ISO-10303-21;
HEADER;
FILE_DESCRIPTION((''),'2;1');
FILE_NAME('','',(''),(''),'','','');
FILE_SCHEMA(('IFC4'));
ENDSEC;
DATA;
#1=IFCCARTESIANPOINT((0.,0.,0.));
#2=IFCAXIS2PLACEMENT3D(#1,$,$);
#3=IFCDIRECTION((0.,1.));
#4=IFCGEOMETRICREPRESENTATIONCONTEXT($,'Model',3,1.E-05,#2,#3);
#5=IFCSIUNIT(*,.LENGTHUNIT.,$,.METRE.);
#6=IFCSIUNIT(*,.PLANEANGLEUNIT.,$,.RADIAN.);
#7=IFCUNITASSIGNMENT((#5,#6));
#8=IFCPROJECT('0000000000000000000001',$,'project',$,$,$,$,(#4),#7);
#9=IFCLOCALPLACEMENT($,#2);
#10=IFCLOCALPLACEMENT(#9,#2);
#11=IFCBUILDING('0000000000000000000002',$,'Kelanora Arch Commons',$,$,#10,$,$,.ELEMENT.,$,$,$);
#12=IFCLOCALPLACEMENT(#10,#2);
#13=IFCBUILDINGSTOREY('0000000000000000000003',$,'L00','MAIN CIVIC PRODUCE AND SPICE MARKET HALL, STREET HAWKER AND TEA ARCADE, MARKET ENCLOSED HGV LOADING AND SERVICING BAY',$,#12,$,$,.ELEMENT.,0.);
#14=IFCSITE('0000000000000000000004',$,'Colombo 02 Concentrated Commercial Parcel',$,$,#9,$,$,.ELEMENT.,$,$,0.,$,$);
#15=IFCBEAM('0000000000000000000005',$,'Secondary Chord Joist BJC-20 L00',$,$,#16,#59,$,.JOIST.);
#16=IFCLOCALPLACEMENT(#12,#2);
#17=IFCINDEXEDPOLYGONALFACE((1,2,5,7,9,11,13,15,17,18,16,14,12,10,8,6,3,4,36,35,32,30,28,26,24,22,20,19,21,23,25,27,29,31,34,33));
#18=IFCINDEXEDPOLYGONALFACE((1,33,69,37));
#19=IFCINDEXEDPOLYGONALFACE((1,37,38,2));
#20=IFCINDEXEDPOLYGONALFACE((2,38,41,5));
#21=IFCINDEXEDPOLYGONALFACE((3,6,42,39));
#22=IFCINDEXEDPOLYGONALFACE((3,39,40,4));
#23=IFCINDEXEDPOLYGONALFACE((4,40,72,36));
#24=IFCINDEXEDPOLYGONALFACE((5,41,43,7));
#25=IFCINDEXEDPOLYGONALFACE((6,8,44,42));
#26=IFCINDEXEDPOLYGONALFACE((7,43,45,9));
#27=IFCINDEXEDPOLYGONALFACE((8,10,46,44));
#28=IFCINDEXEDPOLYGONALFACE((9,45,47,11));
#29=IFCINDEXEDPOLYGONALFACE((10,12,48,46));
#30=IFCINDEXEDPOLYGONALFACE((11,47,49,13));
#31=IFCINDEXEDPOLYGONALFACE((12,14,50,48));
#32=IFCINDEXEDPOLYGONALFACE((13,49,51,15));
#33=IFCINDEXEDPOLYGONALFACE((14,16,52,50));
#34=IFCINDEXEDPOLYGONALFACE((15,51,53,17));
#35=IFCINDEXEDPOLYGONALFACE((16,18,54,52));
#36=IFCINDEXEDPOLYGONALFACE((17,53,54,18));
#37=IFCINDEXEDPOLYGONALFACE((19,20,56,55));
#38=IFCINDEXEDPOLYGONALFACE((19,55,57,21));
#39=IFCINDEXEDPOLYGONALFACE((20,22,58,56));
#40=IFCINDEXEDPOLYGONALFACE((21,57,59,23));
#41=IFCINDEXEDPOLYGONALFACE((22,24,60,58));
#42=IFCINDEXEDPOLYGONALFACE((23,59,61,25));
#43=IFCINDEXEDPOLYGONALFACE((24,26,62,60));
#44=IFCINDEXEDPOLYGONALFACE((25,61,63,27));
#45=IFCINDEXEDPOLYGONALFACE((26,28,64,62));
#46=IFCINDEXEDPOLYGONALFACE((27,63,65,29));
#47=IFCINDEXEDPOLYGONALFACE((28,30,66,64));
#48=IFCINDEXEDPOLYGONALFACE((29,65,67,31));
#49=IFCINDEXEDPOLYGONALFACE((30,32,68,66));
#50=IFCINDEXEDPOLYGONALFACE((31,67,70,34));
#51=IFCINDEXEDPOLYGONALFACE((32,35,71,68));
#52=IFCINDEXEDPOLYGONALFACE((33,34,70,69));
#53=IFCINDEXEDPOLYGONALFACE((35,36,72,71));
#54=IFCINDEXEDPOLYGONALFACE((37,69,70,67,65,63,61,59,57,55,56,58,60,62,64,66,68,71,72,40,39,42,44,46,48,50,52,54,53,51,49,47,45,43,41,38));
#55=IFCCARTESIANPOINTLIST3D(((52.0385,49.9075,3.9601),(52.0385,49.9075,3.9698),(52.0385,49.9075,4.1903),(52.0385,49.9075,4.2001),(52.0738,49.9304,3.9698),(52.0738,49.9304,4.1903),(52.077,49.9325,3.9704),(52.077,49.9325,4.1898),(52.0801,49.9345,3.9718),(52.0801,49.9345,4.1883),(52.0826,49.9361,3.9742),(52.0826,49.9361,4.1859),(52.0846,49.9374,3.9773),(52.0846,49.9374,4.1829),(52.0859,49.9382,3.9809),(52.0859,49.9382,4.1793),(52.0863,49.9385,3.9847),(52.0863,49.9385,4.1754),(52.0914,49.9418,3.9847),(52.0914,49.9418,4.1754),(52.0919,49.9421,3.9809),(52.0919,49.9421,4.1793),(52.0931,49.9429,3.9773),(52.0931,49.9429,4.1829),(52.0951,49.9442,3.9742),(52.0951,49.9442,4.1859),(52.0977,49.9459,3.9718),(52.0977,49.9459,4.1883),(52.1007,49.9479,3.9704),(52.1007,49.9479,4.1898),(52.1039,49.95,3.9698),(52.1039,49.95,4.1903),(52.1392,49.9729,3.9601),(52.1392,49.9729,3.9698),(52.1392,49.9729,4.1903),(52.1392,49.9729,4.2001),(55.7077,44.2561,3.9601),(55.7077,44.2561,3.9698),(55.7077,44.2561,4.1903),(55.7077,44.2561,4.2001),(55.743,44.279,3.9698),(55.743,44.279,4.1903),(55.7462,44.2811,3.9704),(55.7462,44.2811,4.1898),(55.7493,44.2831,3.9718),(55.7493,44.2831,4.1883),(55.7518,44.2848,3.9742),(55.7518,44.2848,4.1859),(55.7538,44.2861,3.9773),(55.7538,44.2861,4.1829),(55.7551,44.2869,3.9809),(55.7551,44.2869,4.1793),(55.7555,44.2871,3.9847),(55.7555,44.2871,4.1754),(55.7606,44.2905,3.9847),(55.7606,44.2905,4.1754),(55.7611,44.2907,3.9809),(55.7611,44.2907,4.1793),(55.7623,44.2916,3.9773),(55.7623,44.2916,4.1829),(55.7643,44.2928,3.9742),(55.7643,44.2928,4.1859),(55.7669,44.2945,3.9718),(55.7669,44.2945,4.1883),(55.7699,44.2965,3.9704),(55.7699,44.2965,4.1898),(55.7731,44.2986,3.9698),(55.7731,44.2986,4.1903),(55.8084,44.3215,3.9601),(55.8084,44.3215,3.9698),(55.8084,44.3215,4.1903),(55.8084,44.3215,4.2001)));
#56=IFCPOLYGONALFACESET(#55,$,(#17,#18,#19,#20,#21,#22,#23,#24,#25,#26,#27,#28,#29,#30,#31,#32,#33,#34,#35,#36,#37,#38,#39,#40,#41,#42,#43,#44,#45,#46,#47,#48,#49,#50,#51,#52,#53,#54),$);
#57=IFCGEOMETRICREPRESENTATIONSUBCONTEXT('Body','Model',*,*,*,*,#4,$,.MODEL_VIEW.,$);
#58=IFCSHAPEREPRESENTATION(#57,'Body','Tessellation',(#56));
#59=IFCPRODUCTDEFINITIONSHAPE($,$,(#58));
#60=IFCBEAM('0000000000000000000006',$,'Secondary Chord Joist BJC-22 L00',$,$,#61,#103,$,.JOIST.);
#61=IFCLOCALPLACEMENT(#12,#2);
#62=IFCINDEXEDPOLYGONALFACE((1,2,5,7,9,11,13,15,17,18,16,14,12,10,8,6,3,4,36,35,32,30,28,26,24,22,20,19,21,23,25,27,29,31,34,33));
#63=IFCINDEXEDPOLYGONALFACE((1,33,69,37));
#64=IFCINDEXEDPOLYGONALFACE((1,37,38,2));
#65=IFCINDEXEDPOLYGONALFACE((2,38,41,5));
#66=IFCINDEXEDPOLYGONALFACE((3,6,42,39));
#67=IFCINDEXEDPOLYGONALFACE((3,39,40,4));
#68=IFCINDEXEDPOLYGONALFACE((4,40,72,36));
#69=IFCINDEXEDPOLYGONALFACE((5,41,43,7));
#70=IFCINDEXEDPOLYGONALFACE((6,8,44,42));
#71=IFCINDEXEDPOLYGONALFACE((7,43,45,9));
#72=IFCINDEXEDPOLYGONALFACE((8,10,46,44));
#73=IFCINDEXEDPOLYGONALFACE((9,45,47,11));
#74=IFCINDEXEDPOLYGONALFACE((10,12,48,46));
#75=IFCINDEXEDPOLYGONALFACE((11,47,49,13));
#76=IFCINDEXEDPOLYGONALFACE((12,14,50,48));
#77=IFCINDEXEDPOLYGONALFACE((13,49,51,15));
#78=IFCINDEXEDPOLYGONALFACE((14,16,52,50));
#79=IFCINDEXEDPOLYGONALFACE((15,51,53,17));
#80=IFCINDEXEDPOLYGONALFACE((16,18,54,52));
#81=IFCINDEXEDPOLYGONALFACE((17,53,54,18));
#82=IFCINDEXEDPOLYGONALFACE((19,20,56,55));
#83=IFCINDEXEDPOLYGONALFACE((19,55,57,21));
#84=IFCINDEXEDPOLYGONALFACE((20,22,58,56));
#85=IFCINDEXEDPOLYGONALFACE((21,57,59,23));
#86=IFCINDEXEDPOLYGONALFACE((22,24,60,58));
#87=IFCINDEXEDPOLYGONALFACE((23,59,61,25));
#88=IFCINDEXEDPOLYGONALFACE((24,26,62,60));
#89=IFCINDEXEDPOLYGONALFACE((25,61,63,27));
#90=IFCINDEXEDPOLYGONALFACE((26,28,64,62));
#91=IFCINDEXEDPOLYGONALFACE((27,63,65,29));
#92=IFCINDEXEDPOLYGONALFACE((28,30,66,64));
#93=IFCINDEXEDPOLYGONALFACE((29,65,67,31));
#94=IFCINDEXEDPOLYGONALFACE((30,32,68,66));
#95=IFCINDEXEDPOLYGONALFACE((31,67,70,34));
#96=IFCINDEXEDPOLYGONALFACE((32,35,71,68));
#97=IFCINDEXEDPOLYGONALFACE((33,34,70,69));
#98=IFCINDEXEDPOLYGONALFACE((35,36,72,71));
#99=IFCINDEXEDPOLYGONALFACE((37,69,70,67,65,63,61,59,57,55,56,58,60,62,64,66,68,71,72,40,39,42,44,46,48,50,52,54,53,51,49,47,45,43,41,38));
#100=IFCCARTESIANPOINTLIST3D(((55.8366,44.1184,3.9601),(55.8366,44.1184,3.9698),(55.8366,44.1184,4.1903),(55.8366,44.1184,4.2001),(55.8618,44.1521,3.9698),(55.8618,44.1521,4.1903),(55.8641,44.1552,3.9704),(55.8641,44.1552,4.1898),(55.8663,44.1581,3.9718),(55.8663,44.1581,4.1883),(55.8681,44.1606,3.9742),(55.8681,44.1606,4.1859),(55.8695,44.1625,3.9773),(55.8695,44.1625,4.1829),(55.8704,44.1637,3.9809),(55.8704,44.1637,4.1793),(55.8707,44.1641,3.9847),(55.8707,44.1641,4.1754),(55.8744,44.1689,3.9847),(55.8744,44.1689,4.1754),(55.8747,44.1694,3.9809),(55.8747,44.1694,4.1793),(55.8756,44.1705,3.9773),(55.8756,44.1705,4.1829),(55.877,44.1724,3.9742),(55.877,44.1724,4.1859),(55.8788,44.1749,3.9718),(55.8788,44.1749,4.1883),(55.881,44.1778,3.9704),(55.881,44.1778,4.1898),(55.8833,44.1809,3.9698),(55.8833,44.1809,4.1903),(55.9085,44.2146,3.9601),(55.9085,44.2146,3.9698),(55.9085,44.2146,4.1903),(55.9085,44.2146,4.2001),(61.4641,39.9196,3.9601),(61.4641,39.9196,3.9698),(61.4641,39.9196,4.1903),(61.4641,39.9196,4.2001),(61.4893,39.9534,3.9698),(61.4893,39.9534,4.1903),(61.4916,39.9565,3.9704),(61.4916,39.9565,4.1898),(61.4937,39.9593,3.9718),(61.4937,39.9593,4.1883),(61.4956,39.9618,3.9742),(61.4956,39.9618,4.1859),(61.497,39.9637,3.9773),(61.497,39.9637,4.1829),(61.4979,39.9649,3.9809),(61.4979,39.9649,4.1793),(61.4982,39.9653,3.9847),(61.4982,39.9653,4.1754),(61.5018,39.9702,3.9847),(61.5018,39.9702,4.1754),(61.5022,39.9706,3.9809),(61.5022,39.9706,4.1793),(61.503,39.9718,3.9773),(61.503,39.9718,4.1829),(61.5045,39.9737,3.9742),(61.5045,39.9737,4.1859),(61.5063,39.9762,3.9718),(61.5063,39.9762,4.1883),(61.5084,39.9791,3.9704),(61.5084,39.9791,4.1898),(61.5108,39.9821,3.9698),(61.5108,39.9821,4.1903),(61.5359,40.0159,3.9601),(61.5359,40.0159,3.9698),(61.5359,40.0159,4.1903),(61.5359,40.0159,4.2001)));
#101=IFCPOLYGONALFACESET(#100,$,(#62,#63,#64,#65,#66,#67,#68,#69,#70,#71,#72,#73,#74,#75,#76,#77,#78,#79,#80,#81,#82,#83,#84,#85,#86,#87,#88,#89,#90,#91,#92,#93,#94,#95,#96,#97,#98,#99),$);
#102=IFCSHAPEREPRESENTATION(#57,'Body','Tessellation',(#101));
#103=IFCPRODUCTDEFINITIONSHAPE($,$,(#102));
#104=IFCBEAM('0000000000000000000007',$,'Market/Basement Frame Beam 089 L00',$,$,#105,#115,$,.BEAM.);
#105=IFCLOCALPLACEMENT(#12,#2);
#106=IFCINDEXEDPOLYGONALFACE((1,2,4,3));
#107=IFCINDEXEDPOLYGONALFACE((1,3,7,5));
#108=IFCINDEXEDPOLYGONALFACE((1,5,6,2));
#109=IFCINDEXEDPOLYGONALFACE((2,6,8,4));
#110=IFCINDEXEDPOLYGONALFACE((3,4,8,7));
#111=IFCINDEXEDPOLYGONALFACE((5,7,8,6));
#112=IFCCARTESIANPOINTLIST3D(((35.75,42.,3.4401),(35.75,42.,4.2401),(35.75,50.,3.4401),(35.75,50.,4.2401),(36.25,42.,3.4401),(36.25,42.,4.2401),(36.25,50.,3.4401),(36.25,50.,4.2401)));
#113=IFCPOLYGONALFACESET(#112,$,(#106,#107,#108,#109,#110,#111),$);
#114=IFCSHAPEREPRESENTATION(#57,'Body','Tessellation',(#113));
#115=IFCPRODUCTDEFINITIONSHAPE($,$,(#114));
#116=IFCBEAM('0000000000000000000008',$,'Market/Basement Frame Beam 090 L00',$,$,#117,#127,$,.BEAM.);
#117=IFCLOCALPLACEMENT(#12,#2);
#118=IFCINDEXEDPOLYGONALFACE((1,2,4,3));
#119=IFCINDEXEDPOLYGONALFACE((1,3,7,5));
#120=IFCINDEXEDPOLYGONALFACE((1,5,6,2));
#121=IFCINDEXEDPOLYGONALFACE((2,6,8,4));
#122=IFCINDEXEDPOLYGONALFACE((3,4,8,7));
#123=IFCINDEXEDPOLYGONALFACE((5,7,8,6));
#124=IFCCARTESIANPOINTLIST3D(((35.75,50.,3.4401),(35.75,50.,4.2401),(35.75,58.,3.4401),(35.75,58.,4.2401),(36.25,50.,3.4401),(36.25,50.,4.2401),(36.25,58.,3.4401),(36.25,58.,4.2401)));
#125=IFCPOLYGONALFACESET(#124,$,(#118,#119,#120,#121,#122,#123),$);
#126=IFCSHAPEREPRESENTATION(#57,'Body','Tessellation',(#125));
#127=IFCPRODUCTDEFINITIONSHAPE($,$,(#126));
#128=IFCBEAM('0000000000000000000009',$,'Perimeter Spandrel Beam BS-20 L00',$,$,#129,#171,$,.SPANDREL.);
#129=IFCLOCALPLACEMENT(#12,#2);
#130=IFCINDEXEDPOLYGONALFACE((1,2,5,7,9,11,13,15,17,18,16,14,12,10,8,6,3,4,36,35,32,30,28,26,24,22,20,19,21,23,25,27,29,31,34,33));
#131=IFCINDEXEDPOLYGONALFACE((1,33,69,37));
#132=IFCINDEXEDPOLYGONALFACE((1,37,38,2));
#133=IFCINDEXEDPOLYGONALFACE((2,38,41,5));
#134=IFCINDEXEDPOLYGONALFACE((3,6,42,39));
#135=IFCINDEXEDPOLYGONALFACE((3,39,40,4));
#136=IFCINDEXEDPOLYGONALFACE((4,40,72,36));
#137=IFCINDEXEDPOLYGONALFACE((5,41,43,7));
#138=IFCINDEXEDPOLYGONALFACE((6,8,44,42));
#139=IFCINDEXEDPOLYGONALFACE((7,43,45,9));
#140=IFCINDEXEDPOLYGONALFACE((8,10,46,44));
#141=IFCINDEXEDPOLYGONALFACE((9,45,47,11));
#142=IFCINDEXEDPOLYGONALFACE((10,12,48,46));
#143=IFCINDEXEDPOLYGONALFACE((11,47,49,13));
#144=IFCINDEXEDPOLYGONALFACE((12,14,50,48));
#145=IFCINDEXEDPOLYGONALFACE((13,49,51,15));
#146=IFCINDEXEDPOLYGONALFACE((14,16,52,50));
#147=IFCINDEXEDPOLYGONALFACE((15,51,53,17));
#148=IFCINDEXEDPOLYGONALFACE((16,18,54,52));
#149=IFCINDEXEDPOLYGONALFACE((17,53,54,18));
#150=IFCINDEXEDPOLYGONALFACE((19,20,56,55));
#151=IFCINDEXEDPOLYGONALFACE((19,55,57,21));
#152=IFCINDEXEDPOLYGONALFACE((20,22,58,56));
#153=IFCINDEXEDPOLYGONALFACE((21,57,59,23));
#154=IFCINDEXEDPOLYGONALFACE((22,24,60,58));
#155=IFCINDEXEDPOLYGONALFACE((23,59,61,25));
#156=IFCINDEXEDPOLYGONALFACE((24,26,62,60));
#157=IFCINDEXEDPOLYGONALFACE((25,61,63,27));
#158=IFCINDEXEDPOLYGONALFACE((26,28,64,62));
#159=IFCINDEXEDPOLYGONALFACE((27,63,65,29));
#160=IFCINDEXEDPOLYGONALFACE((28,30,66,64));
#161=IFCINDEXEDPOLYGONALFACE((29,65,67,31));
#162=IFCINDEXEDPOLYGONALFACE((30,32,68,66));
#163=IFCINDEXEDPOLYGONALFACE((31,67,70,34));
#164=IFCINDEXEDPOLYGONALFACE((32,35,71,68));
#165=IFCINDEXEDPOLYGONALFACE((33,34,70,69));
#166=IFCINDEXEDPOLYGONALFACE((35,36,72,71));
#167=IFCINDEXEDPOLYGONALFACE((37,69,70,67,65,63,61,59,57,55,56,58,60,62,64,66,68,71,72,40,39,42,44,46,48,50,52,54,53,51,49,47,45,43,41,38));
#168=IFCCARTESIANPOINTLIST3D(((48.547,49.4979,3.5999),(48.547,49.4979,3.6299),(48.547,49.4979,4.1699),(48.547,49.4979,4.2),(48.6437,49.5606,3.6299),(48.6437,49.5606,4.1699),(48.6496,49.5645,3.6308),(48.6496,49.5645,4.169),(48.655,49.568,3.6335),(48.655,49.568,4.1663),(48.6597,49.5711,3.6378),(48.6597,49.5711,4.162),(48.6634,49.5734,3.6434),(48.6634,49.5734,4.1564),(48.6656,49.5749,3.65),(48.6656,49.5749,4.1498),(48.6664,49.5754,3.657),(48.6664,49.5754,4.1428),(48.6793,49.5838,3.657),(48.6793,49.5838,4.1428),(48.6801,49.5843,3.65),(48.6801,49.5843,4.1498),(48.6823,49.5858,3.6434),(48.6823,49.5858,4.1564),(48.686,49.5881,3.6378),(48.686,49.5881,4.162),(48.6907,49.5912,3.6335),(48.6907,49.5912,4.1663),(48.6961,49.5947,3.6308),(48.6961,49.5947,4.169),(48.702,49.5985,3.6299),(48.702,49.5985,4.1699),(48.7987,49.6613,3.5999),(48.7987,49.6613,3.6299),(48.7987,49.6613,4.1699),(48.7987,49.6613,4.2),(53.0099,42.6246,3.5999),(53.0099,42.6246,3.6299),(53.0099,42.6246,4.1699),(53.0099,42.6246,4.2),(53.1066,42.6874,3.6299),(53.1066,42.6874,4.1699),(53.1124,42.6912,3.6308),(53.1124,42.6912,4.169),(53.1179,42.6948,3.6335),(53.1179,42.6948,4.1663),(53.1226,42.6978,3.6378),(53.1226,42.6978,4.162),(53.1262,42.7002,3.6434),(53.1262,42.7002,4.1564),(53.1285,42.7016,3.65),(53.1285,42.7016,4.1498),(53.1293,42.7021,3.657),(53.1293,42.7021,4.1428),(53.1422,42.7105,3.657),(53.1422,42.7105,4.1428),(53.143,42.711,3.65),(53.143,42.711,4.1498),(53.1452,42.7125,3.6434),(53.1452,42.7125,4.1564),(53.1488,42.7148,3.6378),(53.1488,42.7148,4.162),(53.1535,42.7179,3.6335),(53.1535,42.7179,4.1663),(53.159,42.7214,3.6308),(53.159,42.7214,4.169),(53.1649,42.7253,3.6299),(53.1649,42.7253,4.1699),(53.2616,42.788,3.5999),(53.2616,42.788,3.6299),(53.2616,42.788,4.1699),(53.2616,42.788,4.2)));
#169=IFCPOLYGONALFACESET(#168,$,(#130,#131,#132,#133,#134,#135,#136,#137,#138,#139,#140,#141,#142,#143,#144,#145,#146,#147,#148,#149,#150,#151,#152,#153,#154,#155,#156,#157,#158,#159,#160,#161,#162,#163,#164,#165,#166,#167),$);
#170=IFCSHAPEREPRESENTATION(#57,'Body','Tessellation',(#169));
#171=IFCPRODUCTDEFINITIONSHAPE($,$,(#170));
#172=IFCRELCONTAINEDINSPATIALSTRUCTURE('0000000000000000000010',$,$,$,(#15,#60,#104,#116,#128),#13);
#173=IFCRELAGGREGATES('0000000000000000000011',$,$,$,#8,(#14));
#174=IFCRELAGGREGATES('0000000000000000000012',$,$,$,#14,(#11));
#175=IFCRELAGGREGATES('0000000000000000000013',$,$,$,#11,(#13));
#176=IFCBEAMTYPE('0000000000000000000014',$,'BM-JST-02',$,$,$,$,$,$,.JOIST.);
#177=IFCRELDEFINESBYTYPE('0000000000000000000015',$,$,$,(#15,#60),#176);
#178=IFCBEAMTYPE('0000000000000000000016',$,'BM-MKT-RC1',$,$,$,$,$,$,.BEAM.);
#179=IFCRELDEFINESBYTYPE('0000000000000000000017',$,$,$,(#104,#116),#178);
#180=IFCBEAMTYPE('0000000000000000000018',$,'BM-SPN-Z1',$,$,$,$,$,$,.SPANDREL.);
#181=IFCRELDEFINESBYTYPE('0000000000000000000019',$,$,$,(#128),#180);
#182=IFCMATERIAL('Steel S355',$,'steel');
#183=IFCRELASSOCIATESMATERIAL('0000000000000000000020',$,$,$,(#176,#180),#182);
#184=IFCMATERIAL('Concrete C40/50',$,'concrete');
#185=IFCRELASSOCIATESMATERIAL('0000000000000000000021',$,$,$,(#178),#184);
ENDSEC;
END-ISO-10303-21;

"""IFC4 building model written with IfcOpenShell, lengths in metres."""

from ifc_helpers import new_model, si_unit, direction, frame, origin, origin_2d, place, context, subcontext, project, spatial, rectangle, i_section, extrude, material, material_profile, profile_set, type_object, element, save


model = new_model("IFC4")

# Units and contexts
model_context = context("Model", 3, precision=1e-05, world=origin(), true_north=direction((0.0, 1.0)))
body_context = subcontext(model_context, "Body", "Model", "MODEL_VIEW")
ifc_project = project(units=[si_unit("LENGTHUNIT", "METRE"), si_unit("PLANEANGLEUNIT", "RADIAN")], contexts=[model_context])

# Site, building, storey
site_placement = place(None, origin())
site = spatial("IfcSite", under=ifc_project, at=site_placement, Name="Colombo 02 Concentrated Commercial Parcel", CompositionType="ELEMENT", RefElevation=0.0)
building_placement = place(site_placement, origin())
building = spatial("IfcBuilding", under=site, at=building_placement, Name="Kelanora Arch Commons", CompositionType="ELEMENT")
storey_placement = place(building_placement, origin())
storey = spatial("IfcBuildingStorey", under=building, at=storey_placement, Name="L00", Description="MAIN CIVIC PRODUCE AND SPICE MARKET HALL, STREET HAWKER AND TEA ARCADE, MARKET ENCLOSED HGV LOADING AND SERVICING BAY", CompositionType="ELEMENT", Elevation=0.0)

# Beams
ifc_material_1 = material(Name="Steel S355", Category="steel")
ifc_material_profile_1 = material_profile(ifc_material_1, i_section(OverallWidth=0.1201, OverallDepth=0.24, WebThickness=0.0061, FlangeThickness=0.0098, FilletRadius=0.0149, at=origin_2d()), Name="IPE240")
ifc_profile_set_1 = profile_set([ifc_material_profile_1], Name="Steel S355")
beam_type_1 = type_object("IfcBeamType", Name="BM-JST-02", PredefinedType="JOIST", material=ifc_profile_set_1)
beam_1_placement = place(storey_placement, frame((52.0889, 49.9402, 4.0801), z_axis=(0.54455, -0.838728, 0.0), x_axis=(0.838728, 0.54455, 0.0)))
element("IfcBeam", 1, at=beam_1_placement, inside=storey, type_object=beam_type_1, Name="Secondary Chord Joist BJC-20 L00", PredefinedType="JOIST", context=body_context, shape_type="SweptSolid", body=[
    extrude(i_section(OverallWidth=0.1201, OverallDepth=0.24, WebThickness=0.0061, FlangeThickness=0.0098, FilletRadius=0.0149, at=origin_2d()), origin(), (0.0, 0.0, 1.0), 6.738),
])
beam_2_placement = place(storey_placement, frame((55.8726, 44.1665, 4.0801), z_axis=(0.801491, -0.598006, 0.0), x_axis=(0.598006, 0.801491, 0.0)))
element("IfcBeam", 2, at=beam_2_placement, inside=storey, type_object=beam_type_1, Name="Secondary Chord Joist BJC-22 L00", PredefinedType="JOIST", context=body_context, shape_type="SweptSolid", body=[
    extrude(i_section(OverallWidth=0.1201, OverallDepth=0.24, WebThickness=0.0061, FlangeThickness=0.0098, FilletRadius=0.0149, at=origin_2d()), origin(), (0.0, 0.0, 1.0), 7.0212),
])
ifc_material_2 = material(Name="Concrete C40/50", Category="concrete")
ifc_material_profile_2 = material_profile(ifc_material_2, rectangle(XDim=0.5, YDim=0.8, at=origin_2d()), Name="RCB500x800")
ifc_profile_set_2 = profile_set([ifc_material_profile_2], Name="Concrete C40/50")
beam_type_2 = type_object("IfcBeamType", Name="BM-MKT-RC1", PredefinedType="BEAM", material=ifc_profile_set_2)
for number, where, z_axis, x_axis, name in (
    (3, (36.0, 42.0, 3.8401), (0.0, 1.0, 0.0), (-1.0, 0.0, 0.0), "Market/Basement Frame Beam 089 L00"),
    (4, (36.0, 50.0, 3.8401), (0.0, 1.0, 0.0), (-1.0, 0.0, 0.0), "Market/Basement Frame Beam 090 L00"),
):
    element("IfcBeam", number, at=place(storey_placement, frame(where, z_axis=z_axis, x_axis=x_axis)), inside=storey, type_object=beam_type_2, Name=name, PredefinedType="BEAM", context=body_context, shape_type="SweptSolid", body=[
        extrude(rectangle(XDim=0.5, YDim=0.8, at=origin_2d()), origin(), (0.0, 0.0, 1.0), 8.0),
    ])
ifc_material_profile_3 = material_profile(ifc_material_1, i_section(OverallWidth=0.3, OverallDepth=0.6001, WebThickness=0.0154, FlangeThickness=0.03, FilletRadius=0.0271, at=origin_2d()), Name="HEB600")
ifc_profile_set_3 = profile_set([ifc_material_profile_3], Name="Steel S355")
beam_type_3 = type_object("IfcBeamType", Name="BM-SPN-Z1", PredefinedType="SPANDREL", material=ifc_profile_set_3)
beam_3_placement = place(storey_placement, frame((48.6729, 49.5796, 3.8999), z_axis=(0.544581, -0.838708, 0.0), x_axis=(0.838708, 0.544581, 0.0)))
element("IfcBeam", 5, at=beam_3_placement, inside=storey, type_object=beam_type_3, Name="Perimeter Spandrel Beam BS-20 L00", PredefinedType="SPANDREL", context=body_context, shape_type="SweptSolid", body=[
    extrude(i_section(OverallWidth=0.3, OverallDepth=0.6001, WebThickness=0.0154, FlangeThickness=0.03, FilletRadius=0.0271, at=origin_2d()), origin(), (0.0, 0.0, 1.0), 8.1951),
])

save(model, "model.ifc")
